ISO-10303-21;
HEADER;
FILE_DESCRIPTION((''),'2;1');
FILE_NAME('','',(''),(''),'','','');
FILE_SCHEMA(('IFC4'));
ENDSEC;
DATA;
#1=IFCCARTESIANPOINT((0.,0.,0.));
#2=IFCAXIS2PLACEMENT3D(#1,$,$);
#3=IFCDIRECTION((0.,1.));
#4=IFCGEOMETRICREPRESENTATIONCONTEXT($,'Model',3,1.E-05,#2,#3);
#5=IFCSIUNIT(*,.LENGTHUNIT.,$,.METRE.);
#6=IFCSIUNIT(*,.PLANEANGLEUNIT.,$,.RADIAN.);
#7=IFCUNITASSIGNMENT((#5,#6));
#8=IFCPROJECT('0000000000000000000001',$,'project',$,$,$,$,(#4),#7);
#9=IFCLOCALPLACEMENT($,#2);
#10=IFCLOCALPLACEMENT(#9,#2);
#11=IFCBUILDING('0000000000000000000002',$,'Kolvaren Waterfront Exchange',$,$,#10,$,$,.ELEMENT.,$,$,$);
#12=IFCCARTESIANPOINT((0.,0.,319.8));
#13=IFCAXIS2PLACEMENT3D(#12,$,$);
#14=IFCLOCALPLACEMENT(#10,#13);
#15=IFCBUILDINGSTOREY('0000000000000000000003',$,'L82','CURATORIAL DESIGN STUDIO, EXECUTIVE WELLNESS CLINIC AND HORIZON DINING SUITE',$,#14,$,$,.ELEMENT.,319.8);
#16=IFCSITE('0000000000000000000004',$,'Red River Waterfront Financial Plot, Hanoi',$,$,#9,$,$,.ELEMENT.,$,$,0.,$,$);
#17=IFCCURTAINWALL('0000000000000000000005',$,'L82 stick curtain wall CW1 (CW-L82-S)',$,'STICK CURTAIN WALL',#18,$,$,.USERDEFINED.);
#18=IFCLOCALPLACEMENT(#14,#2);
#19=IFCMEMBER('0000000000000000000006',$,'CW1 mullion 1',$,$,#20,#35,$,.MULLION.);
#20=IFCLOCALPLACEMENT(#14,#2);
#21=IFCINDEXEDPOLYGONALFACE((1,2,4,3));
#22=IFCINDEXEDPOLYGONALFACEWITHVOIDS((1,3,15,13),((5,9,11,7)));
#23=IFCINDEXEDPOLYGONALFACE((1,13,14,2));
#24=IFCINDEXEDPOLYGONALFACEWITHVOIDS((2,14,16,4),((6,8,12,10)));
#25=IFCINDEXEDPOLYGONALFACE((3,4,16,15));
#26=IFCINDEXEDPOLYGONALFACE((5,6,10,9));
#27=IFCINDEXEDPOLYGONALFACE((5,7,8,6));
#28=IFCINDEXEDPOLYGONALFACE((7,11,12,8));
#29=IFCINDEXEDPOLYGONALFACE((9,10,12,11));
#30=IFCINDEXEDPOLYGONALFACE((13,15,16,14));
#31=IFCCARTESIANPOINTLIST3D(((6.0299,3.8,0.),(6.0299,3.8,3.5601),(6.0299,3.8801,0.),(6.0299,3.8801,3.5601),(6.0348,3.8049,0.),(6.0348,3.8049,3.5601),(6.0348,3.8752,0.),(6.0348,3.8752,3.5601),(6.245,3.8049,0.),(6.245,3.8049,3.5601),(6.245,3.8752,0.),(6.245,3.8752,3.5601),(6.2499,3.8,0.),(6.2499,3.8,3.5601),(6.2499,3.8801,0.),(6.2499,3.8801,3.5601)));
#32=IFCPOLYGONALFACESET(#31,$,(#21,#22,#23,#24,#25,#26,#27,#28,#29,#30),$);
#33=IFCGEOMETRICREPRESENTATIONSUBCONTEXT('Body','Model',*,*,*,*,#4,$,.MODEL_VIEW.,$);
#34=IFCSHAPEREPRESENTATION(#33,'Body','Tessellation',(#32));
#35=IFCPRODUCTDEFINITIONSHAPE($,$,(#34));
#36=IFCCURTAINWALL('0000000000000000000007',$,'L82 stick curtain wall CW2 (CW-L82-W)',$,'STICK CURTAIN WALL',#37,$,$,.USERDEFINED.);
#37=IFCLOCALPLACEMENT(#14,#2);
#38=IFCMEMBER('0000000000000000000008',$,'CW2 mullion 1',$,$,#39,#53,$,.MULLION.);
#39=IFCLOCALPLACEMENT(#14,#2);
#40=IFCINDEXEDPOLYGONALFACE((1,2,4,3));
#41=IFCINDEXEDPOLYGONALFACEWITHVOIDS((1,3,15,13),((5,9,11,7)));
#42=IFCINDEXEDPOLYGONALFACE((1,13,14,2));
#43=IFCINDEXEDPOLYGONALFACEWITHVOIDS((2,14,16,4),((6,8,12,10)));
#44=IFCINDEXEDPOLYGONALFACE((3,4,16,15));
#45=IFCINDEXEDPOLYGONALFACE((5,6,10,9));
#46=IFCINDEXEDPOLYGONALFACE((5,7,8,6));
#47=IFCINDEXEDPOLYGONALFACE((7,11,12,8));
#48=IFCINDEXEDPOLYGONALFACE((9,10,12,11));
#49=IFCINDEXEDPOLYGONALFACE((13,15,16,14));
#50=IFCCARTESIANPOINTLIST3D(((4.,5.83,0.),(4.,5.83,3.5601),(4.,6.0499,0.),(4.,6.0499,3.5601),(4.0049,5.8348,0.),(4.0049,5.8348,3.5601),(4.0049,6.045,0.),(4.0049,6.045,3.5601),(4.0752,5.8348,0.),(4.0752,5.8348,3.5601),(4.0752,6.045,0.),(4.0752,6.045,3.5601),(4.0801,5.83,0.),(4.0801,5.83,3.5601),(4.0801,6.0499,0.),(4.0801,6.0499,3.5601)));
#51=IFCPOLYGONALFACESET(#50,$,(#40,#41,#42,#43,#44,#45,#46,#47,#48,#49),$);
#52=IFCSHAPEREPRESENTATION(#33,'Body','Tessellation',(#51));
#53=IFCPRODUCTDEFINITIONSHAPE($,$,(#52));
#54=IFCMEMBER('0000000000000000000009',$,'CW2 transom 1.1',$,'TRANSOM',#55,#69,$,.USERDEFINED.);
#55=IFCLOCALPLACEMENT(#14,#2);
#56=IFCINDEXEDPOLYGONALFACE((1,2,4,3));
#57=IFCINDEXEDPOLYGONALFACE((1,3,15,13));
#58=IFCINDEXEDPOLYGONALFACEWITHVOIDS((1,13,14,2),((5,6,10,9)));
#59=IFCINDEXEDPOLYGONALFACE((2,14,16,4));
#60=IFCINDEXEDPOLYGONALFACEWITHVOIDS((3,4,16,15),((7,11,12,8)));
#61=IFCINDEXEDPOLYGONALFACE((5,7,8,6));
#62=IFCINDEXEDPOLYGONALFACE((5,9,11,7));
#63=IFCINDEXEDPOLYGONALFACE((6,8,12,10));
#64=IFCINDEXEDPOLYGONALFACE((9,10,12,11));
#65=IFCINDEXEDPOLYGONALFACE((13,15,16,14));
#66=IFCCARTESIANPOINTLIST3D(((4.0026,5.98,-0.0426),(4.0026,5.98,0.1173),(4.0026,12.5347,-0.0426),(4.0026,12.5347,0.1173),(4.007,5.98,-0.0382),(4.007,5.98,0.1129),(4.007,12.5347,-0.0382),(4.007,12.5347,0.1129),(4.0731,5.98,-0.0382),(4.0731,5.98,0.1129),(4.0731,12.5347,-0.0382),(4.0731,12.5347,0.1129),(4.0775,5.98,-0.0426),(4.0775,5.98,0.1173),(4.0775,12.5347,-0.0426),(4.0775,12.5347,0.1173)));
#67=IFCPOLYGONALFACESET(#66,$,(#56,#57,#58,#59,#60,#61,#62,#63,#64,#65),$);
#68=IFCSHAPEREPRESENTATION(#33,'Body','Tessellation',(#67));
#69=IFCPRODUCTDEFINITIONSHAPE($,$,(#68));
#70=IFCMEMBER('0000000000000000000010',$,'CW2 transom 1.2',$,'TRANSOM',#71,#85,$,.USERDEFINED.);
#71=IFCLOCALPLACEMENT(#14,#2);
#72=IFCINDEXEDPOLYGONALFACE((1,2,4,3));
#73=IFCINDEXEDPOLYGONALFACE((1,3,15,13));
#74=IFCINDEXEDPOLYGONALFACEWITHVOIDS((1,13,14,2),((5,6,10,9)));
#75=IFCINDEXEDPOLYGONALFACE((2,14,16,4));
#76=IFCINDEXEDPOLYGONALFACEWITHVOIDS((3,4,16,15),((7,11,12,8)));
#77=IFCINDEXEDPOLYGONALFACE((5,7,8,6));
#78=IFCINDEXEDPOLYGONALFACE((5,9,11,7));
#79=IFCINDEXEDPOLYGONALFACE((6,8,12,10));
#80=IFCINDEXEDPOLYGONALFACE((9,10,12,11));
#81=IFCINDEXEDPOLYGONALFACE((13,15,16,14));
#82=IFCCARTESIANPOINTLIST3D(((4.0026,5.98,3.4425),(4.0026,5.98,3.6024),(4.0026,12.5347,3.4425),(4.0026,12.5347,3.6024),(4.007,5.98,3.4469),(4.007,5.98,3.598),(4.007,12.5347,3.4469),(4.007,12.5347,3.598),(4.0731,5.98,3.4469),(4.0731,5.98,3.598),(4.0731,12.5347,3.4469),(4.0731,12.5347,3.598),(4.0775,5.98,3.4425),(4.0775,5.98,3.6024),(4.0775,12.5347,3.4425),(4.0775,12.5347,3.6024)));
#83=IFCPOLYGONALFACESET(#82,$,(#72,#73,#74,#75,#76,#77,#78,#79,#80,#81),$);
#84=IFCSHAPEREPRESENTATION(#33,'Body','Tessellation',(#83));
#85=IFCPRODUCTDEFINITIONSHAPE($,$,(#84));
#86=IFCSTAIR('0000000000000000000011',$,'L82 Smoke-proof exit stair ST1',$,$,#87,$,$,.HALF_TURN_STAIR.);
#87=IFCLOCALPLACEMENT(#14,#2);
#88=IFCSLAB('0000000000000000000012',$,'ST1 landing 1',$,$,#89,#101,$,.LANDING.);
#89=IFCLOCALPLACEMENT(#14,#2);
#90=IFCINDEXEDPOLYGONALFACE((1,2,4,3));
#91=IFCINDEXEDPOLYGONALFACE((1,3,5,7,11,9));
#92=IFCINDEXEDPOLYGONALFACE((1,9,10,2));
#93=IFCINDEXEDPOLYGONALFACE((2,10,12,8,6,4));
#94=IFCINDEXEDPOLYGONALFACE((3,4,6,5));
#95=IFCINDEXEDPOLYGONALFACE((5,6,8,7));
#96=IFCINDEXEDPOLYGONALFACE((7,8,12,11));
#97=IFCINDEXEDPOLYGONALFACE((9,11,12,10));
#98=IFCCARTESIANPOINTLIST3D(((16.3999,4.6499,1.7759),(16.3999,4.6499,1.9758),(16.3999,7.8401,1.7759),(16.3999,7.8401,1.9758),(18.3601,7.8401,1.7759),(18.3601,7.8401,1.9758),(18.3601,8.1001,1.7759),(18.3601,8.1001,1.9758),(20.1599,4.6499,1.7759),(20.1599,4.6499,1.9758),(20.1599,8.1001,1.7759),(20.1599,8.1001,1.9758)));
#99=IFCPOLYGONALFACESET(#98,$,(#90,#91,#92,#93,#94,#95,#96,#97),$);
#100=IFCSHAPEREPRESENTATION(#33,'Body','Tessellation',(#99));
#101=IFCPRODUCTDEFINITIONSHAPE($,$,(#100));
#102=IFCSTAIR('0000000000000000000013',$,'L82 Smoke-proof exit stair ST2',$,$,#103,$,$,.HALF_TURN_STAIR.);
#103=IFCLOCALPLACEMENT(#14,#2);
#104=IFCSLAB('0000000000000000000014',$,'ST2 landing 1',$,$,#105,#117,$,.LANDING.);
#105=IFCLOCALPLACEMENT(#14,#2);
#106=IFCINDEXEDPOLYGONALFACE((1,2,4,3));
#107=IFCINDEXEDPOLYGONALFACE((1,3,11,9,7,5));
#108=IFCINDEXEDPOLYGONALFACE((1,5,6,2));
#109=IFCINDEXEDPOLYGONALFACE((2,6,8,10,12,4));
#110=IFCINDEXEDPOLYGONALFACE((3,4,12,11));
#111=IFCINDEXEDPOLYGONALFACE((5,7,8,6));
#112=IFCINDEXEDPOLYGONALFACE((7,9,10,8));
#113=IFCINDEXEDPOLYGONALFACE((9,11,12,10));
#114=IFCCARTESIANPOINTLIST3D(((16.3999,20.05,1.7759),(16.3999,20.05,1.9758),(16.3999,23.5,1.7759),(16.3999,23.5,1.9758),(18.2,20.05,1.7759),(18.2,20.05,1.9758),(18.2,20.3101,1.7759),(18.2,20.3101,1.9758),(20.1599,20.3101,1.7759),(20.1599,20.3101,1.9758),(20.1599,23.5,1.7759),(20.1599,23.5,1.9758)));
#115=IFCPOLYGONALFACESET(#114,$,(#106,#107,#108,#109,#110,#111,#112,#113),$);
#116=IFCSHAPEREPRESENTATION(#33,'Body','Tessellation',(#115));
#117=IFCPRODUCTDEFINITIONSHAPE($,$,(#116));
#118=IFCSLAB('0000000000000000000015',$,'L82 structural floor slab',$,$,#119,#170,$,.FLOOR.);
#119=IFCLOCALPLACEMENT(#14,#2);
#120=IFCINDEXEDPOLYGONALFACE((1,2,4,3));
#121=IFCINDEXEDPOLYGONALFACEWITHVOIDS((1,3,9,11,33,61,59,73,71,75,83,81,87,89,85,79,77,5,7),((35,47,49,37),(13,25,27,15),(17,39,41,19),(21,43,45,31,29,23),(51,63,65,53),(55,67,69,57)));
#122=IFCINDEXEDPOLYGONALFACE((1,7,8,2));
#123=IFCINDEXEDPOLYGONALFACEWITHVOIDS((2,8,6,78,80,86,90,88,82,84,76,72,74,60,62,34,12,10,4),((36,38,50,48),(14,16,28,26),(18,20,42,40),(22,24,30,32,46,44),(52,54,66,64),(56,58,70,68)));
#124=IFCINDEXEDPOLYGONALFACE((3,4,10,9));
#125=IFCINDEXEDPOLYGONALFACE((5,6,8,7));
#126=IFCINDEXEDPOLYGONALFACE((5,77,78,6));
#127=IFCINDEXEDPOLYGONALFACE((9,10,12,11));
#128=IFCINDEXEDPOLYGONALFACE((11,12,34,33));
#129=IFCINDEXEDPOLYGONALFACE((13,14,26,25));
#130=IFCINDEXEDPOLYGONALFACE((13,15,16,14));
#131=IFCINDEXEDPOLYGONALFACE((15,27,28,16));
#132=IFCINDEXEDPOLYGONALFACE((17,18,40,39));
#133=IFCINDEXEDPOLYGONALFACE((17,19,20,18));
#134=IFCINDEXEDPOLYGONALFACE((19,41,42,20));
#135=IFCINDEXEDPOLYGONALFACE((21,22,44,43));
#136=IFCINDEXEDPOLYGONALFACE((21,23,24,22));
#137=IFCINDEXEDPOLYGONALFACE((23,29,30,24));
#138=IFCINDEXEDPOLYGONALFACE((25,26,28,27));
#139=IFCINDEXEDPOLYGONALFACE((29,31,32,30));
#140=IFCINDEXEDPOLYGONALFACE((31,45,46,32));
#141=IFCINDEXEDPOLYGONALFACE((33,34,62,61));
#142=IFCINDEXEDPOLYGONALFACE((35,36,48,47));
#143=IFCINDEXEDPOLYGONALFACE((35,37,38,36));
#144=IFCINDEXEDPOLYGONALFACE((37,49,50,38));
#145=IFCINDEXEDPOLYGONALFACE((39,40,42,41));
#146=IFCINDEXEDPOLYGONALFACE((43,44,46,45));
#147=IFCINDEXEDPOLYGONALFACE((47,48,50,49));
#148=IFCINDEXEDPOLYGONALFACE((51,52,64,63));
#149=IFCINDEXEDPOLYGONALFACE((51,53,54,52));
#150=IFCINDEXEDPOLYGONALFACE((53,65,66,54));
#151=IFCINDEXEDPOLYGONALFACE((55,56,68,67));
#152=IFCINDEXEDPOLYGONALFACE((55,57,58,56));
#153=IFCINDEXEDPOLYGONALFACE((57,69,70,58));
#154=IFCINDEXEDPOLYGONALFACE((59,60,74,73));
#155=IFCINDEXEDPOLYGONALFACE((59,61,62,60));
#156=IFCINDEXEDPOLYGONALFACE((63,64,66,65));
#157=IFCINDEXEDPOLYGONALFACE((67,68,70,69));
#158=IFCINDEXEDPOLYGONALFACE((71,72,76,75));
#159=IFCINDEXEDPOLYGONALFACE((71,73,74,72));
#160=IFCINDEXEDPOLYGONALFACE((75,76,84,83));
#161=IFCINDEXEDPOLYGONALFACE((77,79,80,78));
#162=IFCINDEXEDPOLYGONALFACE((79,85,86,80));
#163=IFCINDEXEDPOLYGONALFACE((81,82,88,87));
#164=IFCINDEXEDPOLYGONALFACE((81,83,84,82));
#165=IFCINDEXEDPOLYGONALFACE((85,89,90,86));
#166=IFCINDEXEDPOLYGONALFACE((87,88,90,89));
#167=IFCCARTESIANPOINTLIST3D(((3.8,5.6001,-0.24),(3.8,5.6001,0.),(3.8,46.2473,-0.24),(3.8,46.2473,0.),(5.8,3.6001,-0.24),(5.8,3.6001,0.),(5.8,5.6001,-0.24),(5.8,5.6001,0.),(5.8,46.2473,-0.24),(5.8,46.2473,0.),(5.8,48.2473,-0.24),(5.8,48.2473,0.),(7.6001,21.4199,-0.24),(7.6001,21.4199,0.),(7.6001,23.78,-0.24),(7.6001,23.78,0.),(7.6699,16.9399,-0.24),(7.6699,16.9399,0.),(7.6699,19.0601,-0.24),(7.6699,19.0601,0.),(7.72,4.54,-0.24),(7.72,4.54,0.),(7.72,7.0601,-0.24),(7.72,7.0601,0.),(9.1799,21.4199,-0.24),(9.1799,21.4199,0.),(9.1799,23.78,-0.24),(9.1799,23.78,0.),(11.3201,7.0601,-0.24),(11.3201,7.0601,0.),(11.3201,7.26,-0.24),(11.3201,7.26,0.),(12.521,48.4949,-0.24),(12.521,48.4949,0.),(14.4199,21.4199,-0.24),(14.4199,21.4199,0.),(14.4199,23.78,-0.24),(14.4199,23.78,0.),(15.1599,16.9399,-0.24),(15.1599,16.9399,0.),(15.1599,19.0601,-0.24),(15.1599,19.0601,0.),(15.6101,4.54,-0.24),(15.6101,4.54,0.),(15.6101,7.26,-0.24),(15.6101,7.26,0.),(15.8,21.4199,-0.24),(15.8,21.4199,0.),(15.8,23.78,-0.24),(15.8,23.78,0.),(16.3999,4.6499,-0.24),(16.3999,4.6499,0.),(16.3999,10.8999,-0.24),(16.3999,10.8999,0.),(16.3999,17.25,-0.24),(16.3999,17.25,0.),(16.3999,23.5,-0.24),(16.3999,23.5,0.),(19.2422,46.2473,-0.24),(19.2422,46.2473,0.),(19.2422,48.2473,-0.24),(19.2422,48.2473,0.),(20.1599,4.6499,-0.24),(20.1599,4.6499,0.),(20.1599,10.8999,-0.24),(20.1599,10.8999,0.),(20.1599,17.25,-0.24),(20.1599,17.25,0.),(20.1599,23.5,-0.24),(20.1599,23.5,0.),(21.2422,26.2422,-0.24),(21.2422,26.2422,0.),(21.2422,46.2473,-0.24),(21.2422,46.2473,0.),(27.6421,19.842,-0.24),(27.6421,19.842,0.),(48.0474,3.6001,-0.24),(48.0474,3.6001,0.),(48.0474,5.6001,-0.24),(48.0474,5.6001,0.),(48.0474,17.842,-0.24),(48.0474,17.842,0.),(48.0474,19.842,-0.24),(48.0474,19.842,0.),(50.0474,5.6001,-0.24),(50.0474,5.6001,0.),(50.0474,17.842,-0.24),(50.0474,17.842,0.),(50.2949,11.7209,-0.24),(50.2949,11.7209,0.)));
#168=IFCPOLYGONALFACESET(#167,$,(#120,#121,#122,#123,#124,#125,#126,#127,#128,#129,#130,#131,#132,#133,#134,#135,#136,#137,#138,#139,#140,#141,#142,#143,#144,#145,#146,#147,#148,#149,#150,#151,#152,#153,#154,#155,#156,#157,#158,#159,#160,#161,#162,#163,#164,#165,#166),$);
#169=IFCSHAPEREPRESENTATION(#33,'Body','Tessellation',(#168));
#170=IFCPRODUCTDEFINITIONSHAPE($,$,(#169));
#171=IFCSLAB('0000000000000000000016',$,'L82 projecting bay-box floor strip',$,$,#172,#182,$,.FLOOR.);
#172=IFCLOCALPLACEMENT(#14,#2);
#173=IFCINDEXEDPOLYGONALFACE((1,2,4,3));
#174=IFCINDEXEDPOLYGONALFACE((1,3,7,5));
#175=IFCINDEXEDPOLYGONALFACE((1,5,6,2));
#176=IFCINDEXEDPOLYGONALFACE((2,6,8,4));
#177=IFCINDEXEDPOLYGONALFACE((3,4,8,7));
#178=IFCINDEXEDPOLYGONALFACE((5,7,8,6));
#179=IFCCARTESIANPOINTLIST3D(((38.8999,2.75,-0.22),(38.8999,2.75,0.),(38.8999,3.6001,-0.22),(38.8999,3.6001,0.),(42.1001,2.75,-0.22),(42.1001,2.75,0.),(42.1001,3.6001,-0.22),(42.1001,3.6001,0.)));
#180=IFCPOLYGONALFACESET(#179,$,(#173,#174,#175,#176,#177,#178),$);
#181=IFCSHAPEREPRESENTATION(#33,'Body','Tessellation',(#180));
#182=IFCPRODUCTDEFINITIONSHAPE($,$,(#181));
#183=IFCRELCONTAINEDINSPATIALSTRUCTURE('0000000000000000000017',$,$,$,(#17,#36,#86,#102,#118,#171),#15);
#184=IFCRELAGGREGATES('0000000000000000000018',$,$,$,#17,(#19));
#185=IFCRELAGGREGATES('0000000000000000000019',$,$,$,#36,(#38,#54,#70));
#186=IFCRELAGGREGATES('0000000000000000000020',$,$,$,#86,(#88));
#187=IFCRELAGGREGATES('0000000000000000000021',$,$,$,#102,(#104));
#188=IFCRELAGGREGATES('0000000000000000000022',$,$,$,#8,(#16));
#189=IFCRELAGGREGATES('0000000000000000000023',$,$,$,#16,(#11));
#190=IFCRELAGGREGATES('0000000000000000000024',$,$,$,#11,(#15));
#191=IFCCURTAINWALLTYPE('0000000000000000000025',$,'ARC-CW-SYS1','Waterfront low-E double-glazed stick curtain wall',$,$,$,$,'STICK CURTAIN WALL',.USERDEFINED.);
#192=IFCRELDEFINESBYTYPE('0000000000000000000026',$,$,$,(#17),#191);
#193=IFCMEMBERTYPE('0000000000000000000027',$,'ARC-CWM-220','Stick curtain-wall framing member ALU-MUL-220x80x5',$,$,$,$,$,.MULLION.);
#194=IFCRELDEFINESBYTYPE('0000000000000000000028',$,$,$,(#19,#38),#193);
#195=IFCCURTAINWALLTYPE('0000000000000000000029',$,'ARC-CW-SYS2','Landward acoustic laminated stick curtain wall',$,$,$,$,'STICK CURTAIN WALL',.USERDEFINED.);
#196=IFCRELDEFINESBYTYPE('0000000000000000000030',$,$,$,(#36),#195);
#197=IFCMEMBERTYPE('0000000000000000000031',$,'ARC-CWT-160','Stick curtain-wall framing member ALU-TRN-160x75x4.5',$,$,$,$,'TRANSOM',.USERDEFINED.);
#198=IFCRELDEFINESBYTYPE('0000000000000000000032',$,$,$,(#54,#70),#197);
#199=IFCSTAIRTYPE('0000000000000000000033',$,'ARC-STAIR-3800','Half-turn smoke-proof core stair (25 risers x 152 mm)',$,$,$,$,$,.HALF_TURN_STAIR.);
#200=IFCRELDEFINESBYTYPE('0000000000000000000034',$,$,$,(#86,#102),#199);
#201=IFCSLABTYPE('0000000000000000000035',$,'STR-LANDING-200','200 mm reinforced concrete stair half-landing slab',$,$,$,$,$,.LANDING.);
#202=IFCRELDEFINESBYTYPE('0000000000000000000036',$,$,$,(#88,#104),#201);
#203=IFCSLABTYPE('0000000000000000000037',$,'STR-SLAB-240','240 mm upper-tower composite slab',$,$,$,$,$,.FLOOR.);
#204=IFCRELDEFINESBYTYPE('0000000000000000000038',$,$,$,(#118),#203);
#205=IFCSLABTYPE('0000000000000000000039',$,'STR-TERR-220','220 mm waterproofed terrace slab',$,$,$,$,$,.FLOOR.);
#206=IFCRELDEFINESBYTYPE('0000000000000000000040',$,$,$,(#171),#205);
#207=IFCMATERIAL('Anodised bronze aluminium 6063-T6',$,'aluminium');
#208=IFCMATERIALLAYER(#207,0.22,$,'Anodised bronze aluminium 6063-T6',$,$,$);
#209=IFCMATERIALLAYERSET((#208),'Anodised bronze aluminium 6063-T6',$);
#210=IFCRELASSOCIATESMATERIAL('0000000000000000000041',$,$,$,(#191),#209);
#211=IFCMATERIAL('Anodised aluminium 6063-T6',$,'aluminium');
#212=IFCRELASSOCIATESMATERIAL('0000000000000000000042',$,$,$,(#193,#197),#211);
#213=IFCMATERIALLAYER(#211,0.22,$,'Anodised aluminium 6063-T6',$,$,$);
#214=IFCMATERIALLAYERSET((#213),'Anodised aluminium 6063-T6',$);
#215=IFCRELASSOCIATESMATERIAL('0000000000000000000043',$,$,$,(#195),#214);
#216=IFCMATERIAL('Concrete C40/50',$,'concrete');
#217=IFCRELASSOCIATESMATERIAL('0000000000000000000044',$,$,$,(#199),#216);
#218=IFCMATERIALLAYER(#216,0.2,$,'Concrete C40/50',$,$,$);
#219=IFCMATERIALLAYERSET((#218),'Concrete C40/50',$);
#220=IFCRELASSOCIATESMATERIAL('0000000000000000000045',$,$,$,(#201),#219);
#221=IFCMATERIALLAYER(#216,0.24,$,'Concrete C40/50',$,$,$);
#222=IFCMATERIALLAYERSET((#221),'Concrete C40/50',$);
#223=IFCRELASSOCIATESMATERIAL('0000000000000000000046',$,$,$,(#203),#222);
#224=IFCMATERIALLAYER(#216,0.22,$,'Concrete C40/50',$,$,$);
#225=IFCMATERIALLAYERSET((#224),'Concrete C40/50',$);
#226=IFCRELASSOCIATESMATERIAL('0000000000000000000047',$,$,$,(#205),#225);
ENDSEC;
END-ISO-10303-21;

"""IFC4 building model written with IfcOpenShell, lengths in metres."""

from ifc_helpers import new_model, si_unit, direction, frame, origin, origin_with_axes, origin_2d, place, context, subcontext, project, spatial, polyline, hollow_rectangle, outline, extrude, source, transform, mapped, material, layer, layer_set, material_profile, profile_set, type_object, element, aggregate, save


model = new_model("IFC4")

# Units and contexts
model_context = context("Model", 3, precision=1e-05, world=origin(), true_north=direction((0.0, 1.0)))
body_context = subcontext(model_context, "Body", "Model", "MODEL_VIEW")
ifc_project = project(units=[si_unit("LENGTHUNIT", "METRE"), si_unit("PLANEANGLEUNIT", "RADIAN")], contexts=[model_context])

# Site, building, storey
site_placement = place(None, origin())
site = spatial("IfcSite", under=ifc_project, at=site_placement, Name="Red River Waterfront Financial Plot, Hanoi", CompositionType="ELEMENT", RefElevation=0.0)
building_placement = place(site_placement, origin())
building = spatial("IfcBuilding", under=site, at=building_placement, Name="Kolvaren Waterfront Exchange", CompositionType="ELEMENT")
storey_placement = place(building_placement, frame((0.0, 0.0, 319.8)))
storey = spatial("IfcBuildingStorey", under=building, at=storey_placement, Name="L82", Description="CURATORIAL DESIGN STUDIO, EXECUTIVE WELLNESS CLINIC AND HORIZON DINING SUITE", CompositionType="ELEMENT", Elevation=319.8)

# Curtain wall, member
ifc_material_1 = material(Name="Anodised bronze aluminium 6063-T6", Category="aluminium")
ifc_layer_1 = layer(ifc_material_1, 0.22, Name="Anodised bronze aluminium 6063-T6")
ifc_layer_set_1 = layer_set([ifc_layer_1], Name="Anodised bronze aluminium 6063-T6")
curtain_wall_type_1 = type_object("IfcCurtainWallType", Name="ARC-CW-SYS1", Description="Waterfront low-E double-glazed stick curtain wall", ElementType="STICK CURTAIN WALL", PredefinedType="USERDEFINED", material=ifc_layer_set_1)
curtain_wall_1_placement = place(storey_placement, origin())
curtain_wall_1 = element("IfcCurtainWall", 1, at=curtain_wall_1_placement, inside=storey, type_object=curtain_wall_type_1, Name="L82 stick curtain wall CW1 (CW-L82-S)", ObjectType="STICK CURTAIN WALL", PredefinedType="USERDEFINED")
ifc_material_2 = material(Name="Anodised aluminium 6063-T6", Category="aluminium")
ifc_material_profile_1 = material_profile(ifc_material_2, hollow_rectangle(XDim=0.0801, YDim=0.22, WallThickness=0.0049, at=origin_2d()), Name="ALU-MUL-220x80x5")
ifc_profile_set_1 = profile_set([ifc_material_profile_1], Name="Anodised aluminium 6063-T6")
member_type_1 = type_object("IfcMemberType", Name="ARC-CWM-220", Description="Stick curtain-wall framing member ALU-MUL-220x80x5", PredefinedType="MULLION", material=ifc_profile_set_1)
shared_shape_1 = source(origin_with_axes(), body_context, "Body", "SweptSolid", [
    extrude(hollow_rectangle(XDim=0.0801, YDim=0.22, WallThickness=0.0049, at=origin_2d()), origin(), (0.0, 0.0, 1.0), 3.5601),
])
member_1_placement = place(storey_placement, frame((6.1399, 3.8401, 0.0), z_axis=(0.0, 0.0, 1.0), x_axis=(0.0, 1.0, 0.0)))
member_1 = element("IfcMember", 2, at=member_1_placement, type_object=member_type_1, Name="CW1 mullion 1", PredefinedType="MULLION", context=body_context, shape_type="MappedRepresentation", body=[
    mapped(shared_shape_1, transform((0.0, 0.0, 0.0), x_axis=(1.0, 0.0, 0.0), y_axis=(0.0, 1.0, 0.0), z_axis=(0.0, 0.0, 1.0), scale=1.0)),
])
aggregate(curtain_wall_1, [member_1])

# Curtain wall, members
ifc_layer_2 = layer(ifc_material_2, 0.22, Name="Anodised aluminium 6063-T6")
ifc_layer_set_2 = layer_set([ifc_layer_2], Name="Anodised aluminium 6063-T6")
curtain_wall_type_2 = type_object("IfcCurtainWallType", Name="ARC-CW-SYS2", Description="Landward acoustic laminated stick curtain wall", ElementType="STICK CURTAIN WALL", PredefinedType="USERDEFINED", material=ifc_layer_set_2)
curtain_wall_2_placement = place(storey_placement, origin())
curtain_wall_2 = element("IfcCurtainWall", 3, at=curtain_wall_2_placement, inside=storey, type_object=curtain_wall_type_2, Name="L82 stick curtain wall CW2 (CW-L82-W)", ObjectType="STICK CURTAIN WALL", PredefinedType="USERDEFINED")
member_2_placement = place(storey_placement, frame((4.04, 5.9399, 0.0), z_axis=(0.0, 0.0, 1.0), x_axis=(-1.0, 0.0, 0.0)))
member_2 = element("IfcMember", 4, at=member_2_placement, type_object=member_type_1, Name="CW2 mullion 1", PredefinedType="MULLION", context=body_context, shape_type="MappedRepresentation", body=[
    mapped(shared_shape_1, transform((0.0, 0.0, 0.0), x_axis=(1.0, 0.0, 0.0), y_axis=(0.0, 1.0, 0.0), z_axis=(0.0, 0.0, 1.0), scale=1.0)),
])
ifc_material_profile_2 = material_profile(ifc_material_2, hollow_rectangle(XDim=0.075, YDim=0.1599, WallThickness=0.0044, at=origin_2d()), Name="ALU-TRN-160x75x4.5")
ifc_profile_set_2 = profile_set([ifc_material_profile_2], Name="Anodised aluminium 6063-T6")
member_type_2 = type_object("IfcMemberType", Name="ARC-CWT-160", Description="Stick curtain-wall framing member ALU-TRN-160x75x4.5", ElementType="TRANSOM", PredefinedType="USERDEFINED", material=ifc_profile_set_2)
shared_shape_2 = source(origin_with_axes(), body_context, "Body", "SweptSolid", [
    extrude(hollow_rectangle(XDim=0.075, YDim=0.1599, WallThickness=0.0044, at=origin_2d()), origin(), (0.0, 0.0, 1.0), 6.5547),
])
member_3_placement = place(storey_placement, frame((4.04, 5.98, 0.0374), z_axis=(0.0, 1.0, 0.0), x_axis=(-1.0, 0.0, 0.0)))
member_3 = element("IfcMember", 5, at=member_3_placement, type_object=member_type_2, Name="CW2 transom 1.1", ObjectType="TRANSOM", PredefinedType="USERDEFINED", context=body_context, shape_type="MappedRepresentation", body=[
    mapped(shared_shape_2, transform((0.0, 0.0, 0.0), x_axis=(1.0, 0.0, 0.0), y_axis=(0.0, 1.0, 0.0), z_axis=(0.0, 0.0, 1.0), scale=1.0)),
])
member_4_placement = place(storey_placement, frame((4.04, 5.98, 3.5225), z_axis=(0.0, 1.0, 0.0), x_axis=(-1.0, 0.0, 0.0)))
member_4 = element("IfcMember", 6, at=member_4_placement, type_object=member_type_2, Name="CW2 transom 1.2", ObjectType="TRANSOM", PredefinedType="USERDEFINED", context=body_context, shape_type="MappedRepresentation", body=[
    mapped(shared_shape_2, transform((0.0, 0.0, 0.0), x_axis=(1.0, 0.0, 0.0), y_axis=(0.0, 1.0, 0.0), z_axis=(0.0, 0.0, 1.0), scale=1.0)),
])
aggregate(curtain_wall_2, [member_2, member_3, member_4])

# Stairs, slabs
ifc_material_3 = material(Name="Concrete C40/50", Category="concrete")
stair_type = type_object("IfcStairType", Name="ARC-STAIR-3800", Description="Half-turn smoke-proof core stair (25 risers x 152 mm)", PredefinedType="HALF_TURN_STAIR", material=ifc_material_3)
stair_1_placement = place(storey_placement, origin())
stair_1 = element("IfcStair", 7, at=stair_1_placement, inside=storey, type_object=stair_type, Name="L82 Smoke-proof exit stair ST1", PredefinedType="HALF_TURN_STAIR")
ifc_layer_3 = layer(ifc_material_3, 0.2, Name="Concrete C40/50")
ifc_layer_set_3 = layer_set([ifc_layer_3], Name="Concrete C40/50")
slab_type_1 = type_object("IfcSlabType", Name="STR-LANDING-200", Description="200 mm reinforced concrete stair half-landing slab", PredefinedType="LANDING", material=ifc_layer_set_3)
slab_1_placement = place(storey_placement, frame((0.0, 0.0, 1.7759)))
slab_1 = element("IfcSlab", 8, at=slab_1_placement, type_object=slab_type_1, Name="ST1 landing 1", PredefinedType="LANDING", context=body_context, shape_type="SweptSolid", body=[
    extrude(outline(polyline([(16.3999, 7.8401), (16.3999, 4.6499), (20.1599, 4.6499), (20.1599, 8.1001), (18.3601, 8.1001), (18.3601, 7.8401), (16.3999, 7.8401)])), origin(), (0.0, 0.0, 1.0), 0.2),
])
aggregate(stair_1, [slab_1])
stair_2_placement = place(storey_placement, origin())
stair_2 = element("IfcStair", 9, at=stair_2_placement, inside=storey, type_object=stair_type, Name="L82 Smoke-proof exit stair ST2", PredefinedType="HALF_TURN_STAIR")
slab_2_placement = place(storey_placement, frame((0.0, 0.0, 1.7759)))
slab_2 = element("IfcSlab", 10, at=slab_2_placement, type_object=slab_type_1, Name="ST2 landing 1", PredefinedType="LANDING", context=body_context, shape_type="SweptSolid", body=[
    extrude(outline(polyline([(20.1599, 20.3101), (20.1599, 23.5), (16.3999, 23.5), (16.3999, 20.05), (18.2, 20.05), (18.2, 20.3101), (20.1599, 20.3101)])), origin(), (0.0, 0.0, 1.0), 0.2),
])
aggregate(stair_2, [slab_2])

# Slabs
ifc_layer_4 = layer(ifc_material_3, 0.24, Name="Concrete C40/50")
ifc_layer_set_4 = layer_set([ifc_layer_4], Name="Concrete C40/50")
slab_type_2 = type_object("IfcSlabType", Name="STR-SLAB-240", Description="240 mm upper-tower composite slab", PredefinedType="FLOOR", material=ifc_layer_set_4)
slab_3_placement = place(storey_placement, frame((0.0, 0.0, -0.24)))
element("IfcSlab", 11, at=slab_3_placement, inside=storey, type_object=slab_type_2, Name="L82 structural floor slab", PredefinedType="FLOOR", context=body_context, shape_type="SweptSolid", body=[
    extrude(outline(polyline([(5.8, 3.6001), (48.0474, 3.6001), (48.0474, 5.6001), (50.0474, 5.6001), (50.2949, 11.7209), (50.0474, 17.842), (48.0474, 17.842), (48.0474, 19.842), (27.6421, 19.842), (21.2422, 26.2422), (21.2422, 46.2473), (19.2422, 46.2473), (19.2422, 48.2473), (12.521, 48.4949), (5.8, 48.2473), (5.8, 46.2473), (3.8, 46.2473), (3.8, 5.6001), (5.8, 5.6001), (5.8, 3.6001)]), holes=[polyline([(11.3201, 7.26), (15.6101, 7.26), (15.6101, 4.54), (7.72, 4.54), (7.72, 7.0601), (11.3201, 7.0601), (11.3201, 7.26)]), polyline([(20.1599, 10.8999), (20.1599, 4.6499), (16.3999, 4.6499), (16.3999, 10.8999), (20.1599, 10.8999)]), polyline([(7.6699, 19.0601), (15.1599, 19.0601), (15.1599, 16.9399), (7.6699, 16.9399), (7.6699, 19.0601)]), polyline([(16.3999, 17.25), (16.3999, 23.5), (20.1599, 23.5), (20.1599, 17.25), (16.3999, 17.25)]), polyline([(7.6001, 23.78), (9.1799, 23.78), (9.1799, 21.4199), (7.6001, 21.4199), (7.6001, 23.78)]), polyline([(14.4199, 23.78), (15.8, 23.78), (15.8, 21.4199), (14.4199, 21.4199), (14.4199, 23.78)])]), origin(), (0.0, 0.0, 1.0), 0.24),
])
ifc_layer_5 = layer(ifc_material_3, 0.22, Name="Concrete C40/50")
ifc_layer_set_5 = layer_set([ifc_layer_5], Name="Concrete C40/50")
slab_type_3 = type_object("IfcSlabType", Name="STR-TERR-220", Description="220 mm waterproofed terrace slab", PredefinedType="FLOOR", material=ifc_layer_set_5)
slab_4_placement = place(storey_placement, frame((0.0, 0.0, -0.22)))
element("IfcSlab", 12, at=slab_4_placement, inside=storey, type_object=slab_type_3, Name="L82 projecting bay-box floor strip", PredefinedType="FLOOR", context=body_context, shape_type="SweptSolid", body=[
    extrude(outline(polyline([(38.8999, 2.75), (42.1001, 2.75), (42.1001, 3.6001), (38.8999, 3.6001), (38.8999, 2.75)])), origin(), (0.0, 0.0, 1.0), 0.22),
])

save(model, "model.ifc")
